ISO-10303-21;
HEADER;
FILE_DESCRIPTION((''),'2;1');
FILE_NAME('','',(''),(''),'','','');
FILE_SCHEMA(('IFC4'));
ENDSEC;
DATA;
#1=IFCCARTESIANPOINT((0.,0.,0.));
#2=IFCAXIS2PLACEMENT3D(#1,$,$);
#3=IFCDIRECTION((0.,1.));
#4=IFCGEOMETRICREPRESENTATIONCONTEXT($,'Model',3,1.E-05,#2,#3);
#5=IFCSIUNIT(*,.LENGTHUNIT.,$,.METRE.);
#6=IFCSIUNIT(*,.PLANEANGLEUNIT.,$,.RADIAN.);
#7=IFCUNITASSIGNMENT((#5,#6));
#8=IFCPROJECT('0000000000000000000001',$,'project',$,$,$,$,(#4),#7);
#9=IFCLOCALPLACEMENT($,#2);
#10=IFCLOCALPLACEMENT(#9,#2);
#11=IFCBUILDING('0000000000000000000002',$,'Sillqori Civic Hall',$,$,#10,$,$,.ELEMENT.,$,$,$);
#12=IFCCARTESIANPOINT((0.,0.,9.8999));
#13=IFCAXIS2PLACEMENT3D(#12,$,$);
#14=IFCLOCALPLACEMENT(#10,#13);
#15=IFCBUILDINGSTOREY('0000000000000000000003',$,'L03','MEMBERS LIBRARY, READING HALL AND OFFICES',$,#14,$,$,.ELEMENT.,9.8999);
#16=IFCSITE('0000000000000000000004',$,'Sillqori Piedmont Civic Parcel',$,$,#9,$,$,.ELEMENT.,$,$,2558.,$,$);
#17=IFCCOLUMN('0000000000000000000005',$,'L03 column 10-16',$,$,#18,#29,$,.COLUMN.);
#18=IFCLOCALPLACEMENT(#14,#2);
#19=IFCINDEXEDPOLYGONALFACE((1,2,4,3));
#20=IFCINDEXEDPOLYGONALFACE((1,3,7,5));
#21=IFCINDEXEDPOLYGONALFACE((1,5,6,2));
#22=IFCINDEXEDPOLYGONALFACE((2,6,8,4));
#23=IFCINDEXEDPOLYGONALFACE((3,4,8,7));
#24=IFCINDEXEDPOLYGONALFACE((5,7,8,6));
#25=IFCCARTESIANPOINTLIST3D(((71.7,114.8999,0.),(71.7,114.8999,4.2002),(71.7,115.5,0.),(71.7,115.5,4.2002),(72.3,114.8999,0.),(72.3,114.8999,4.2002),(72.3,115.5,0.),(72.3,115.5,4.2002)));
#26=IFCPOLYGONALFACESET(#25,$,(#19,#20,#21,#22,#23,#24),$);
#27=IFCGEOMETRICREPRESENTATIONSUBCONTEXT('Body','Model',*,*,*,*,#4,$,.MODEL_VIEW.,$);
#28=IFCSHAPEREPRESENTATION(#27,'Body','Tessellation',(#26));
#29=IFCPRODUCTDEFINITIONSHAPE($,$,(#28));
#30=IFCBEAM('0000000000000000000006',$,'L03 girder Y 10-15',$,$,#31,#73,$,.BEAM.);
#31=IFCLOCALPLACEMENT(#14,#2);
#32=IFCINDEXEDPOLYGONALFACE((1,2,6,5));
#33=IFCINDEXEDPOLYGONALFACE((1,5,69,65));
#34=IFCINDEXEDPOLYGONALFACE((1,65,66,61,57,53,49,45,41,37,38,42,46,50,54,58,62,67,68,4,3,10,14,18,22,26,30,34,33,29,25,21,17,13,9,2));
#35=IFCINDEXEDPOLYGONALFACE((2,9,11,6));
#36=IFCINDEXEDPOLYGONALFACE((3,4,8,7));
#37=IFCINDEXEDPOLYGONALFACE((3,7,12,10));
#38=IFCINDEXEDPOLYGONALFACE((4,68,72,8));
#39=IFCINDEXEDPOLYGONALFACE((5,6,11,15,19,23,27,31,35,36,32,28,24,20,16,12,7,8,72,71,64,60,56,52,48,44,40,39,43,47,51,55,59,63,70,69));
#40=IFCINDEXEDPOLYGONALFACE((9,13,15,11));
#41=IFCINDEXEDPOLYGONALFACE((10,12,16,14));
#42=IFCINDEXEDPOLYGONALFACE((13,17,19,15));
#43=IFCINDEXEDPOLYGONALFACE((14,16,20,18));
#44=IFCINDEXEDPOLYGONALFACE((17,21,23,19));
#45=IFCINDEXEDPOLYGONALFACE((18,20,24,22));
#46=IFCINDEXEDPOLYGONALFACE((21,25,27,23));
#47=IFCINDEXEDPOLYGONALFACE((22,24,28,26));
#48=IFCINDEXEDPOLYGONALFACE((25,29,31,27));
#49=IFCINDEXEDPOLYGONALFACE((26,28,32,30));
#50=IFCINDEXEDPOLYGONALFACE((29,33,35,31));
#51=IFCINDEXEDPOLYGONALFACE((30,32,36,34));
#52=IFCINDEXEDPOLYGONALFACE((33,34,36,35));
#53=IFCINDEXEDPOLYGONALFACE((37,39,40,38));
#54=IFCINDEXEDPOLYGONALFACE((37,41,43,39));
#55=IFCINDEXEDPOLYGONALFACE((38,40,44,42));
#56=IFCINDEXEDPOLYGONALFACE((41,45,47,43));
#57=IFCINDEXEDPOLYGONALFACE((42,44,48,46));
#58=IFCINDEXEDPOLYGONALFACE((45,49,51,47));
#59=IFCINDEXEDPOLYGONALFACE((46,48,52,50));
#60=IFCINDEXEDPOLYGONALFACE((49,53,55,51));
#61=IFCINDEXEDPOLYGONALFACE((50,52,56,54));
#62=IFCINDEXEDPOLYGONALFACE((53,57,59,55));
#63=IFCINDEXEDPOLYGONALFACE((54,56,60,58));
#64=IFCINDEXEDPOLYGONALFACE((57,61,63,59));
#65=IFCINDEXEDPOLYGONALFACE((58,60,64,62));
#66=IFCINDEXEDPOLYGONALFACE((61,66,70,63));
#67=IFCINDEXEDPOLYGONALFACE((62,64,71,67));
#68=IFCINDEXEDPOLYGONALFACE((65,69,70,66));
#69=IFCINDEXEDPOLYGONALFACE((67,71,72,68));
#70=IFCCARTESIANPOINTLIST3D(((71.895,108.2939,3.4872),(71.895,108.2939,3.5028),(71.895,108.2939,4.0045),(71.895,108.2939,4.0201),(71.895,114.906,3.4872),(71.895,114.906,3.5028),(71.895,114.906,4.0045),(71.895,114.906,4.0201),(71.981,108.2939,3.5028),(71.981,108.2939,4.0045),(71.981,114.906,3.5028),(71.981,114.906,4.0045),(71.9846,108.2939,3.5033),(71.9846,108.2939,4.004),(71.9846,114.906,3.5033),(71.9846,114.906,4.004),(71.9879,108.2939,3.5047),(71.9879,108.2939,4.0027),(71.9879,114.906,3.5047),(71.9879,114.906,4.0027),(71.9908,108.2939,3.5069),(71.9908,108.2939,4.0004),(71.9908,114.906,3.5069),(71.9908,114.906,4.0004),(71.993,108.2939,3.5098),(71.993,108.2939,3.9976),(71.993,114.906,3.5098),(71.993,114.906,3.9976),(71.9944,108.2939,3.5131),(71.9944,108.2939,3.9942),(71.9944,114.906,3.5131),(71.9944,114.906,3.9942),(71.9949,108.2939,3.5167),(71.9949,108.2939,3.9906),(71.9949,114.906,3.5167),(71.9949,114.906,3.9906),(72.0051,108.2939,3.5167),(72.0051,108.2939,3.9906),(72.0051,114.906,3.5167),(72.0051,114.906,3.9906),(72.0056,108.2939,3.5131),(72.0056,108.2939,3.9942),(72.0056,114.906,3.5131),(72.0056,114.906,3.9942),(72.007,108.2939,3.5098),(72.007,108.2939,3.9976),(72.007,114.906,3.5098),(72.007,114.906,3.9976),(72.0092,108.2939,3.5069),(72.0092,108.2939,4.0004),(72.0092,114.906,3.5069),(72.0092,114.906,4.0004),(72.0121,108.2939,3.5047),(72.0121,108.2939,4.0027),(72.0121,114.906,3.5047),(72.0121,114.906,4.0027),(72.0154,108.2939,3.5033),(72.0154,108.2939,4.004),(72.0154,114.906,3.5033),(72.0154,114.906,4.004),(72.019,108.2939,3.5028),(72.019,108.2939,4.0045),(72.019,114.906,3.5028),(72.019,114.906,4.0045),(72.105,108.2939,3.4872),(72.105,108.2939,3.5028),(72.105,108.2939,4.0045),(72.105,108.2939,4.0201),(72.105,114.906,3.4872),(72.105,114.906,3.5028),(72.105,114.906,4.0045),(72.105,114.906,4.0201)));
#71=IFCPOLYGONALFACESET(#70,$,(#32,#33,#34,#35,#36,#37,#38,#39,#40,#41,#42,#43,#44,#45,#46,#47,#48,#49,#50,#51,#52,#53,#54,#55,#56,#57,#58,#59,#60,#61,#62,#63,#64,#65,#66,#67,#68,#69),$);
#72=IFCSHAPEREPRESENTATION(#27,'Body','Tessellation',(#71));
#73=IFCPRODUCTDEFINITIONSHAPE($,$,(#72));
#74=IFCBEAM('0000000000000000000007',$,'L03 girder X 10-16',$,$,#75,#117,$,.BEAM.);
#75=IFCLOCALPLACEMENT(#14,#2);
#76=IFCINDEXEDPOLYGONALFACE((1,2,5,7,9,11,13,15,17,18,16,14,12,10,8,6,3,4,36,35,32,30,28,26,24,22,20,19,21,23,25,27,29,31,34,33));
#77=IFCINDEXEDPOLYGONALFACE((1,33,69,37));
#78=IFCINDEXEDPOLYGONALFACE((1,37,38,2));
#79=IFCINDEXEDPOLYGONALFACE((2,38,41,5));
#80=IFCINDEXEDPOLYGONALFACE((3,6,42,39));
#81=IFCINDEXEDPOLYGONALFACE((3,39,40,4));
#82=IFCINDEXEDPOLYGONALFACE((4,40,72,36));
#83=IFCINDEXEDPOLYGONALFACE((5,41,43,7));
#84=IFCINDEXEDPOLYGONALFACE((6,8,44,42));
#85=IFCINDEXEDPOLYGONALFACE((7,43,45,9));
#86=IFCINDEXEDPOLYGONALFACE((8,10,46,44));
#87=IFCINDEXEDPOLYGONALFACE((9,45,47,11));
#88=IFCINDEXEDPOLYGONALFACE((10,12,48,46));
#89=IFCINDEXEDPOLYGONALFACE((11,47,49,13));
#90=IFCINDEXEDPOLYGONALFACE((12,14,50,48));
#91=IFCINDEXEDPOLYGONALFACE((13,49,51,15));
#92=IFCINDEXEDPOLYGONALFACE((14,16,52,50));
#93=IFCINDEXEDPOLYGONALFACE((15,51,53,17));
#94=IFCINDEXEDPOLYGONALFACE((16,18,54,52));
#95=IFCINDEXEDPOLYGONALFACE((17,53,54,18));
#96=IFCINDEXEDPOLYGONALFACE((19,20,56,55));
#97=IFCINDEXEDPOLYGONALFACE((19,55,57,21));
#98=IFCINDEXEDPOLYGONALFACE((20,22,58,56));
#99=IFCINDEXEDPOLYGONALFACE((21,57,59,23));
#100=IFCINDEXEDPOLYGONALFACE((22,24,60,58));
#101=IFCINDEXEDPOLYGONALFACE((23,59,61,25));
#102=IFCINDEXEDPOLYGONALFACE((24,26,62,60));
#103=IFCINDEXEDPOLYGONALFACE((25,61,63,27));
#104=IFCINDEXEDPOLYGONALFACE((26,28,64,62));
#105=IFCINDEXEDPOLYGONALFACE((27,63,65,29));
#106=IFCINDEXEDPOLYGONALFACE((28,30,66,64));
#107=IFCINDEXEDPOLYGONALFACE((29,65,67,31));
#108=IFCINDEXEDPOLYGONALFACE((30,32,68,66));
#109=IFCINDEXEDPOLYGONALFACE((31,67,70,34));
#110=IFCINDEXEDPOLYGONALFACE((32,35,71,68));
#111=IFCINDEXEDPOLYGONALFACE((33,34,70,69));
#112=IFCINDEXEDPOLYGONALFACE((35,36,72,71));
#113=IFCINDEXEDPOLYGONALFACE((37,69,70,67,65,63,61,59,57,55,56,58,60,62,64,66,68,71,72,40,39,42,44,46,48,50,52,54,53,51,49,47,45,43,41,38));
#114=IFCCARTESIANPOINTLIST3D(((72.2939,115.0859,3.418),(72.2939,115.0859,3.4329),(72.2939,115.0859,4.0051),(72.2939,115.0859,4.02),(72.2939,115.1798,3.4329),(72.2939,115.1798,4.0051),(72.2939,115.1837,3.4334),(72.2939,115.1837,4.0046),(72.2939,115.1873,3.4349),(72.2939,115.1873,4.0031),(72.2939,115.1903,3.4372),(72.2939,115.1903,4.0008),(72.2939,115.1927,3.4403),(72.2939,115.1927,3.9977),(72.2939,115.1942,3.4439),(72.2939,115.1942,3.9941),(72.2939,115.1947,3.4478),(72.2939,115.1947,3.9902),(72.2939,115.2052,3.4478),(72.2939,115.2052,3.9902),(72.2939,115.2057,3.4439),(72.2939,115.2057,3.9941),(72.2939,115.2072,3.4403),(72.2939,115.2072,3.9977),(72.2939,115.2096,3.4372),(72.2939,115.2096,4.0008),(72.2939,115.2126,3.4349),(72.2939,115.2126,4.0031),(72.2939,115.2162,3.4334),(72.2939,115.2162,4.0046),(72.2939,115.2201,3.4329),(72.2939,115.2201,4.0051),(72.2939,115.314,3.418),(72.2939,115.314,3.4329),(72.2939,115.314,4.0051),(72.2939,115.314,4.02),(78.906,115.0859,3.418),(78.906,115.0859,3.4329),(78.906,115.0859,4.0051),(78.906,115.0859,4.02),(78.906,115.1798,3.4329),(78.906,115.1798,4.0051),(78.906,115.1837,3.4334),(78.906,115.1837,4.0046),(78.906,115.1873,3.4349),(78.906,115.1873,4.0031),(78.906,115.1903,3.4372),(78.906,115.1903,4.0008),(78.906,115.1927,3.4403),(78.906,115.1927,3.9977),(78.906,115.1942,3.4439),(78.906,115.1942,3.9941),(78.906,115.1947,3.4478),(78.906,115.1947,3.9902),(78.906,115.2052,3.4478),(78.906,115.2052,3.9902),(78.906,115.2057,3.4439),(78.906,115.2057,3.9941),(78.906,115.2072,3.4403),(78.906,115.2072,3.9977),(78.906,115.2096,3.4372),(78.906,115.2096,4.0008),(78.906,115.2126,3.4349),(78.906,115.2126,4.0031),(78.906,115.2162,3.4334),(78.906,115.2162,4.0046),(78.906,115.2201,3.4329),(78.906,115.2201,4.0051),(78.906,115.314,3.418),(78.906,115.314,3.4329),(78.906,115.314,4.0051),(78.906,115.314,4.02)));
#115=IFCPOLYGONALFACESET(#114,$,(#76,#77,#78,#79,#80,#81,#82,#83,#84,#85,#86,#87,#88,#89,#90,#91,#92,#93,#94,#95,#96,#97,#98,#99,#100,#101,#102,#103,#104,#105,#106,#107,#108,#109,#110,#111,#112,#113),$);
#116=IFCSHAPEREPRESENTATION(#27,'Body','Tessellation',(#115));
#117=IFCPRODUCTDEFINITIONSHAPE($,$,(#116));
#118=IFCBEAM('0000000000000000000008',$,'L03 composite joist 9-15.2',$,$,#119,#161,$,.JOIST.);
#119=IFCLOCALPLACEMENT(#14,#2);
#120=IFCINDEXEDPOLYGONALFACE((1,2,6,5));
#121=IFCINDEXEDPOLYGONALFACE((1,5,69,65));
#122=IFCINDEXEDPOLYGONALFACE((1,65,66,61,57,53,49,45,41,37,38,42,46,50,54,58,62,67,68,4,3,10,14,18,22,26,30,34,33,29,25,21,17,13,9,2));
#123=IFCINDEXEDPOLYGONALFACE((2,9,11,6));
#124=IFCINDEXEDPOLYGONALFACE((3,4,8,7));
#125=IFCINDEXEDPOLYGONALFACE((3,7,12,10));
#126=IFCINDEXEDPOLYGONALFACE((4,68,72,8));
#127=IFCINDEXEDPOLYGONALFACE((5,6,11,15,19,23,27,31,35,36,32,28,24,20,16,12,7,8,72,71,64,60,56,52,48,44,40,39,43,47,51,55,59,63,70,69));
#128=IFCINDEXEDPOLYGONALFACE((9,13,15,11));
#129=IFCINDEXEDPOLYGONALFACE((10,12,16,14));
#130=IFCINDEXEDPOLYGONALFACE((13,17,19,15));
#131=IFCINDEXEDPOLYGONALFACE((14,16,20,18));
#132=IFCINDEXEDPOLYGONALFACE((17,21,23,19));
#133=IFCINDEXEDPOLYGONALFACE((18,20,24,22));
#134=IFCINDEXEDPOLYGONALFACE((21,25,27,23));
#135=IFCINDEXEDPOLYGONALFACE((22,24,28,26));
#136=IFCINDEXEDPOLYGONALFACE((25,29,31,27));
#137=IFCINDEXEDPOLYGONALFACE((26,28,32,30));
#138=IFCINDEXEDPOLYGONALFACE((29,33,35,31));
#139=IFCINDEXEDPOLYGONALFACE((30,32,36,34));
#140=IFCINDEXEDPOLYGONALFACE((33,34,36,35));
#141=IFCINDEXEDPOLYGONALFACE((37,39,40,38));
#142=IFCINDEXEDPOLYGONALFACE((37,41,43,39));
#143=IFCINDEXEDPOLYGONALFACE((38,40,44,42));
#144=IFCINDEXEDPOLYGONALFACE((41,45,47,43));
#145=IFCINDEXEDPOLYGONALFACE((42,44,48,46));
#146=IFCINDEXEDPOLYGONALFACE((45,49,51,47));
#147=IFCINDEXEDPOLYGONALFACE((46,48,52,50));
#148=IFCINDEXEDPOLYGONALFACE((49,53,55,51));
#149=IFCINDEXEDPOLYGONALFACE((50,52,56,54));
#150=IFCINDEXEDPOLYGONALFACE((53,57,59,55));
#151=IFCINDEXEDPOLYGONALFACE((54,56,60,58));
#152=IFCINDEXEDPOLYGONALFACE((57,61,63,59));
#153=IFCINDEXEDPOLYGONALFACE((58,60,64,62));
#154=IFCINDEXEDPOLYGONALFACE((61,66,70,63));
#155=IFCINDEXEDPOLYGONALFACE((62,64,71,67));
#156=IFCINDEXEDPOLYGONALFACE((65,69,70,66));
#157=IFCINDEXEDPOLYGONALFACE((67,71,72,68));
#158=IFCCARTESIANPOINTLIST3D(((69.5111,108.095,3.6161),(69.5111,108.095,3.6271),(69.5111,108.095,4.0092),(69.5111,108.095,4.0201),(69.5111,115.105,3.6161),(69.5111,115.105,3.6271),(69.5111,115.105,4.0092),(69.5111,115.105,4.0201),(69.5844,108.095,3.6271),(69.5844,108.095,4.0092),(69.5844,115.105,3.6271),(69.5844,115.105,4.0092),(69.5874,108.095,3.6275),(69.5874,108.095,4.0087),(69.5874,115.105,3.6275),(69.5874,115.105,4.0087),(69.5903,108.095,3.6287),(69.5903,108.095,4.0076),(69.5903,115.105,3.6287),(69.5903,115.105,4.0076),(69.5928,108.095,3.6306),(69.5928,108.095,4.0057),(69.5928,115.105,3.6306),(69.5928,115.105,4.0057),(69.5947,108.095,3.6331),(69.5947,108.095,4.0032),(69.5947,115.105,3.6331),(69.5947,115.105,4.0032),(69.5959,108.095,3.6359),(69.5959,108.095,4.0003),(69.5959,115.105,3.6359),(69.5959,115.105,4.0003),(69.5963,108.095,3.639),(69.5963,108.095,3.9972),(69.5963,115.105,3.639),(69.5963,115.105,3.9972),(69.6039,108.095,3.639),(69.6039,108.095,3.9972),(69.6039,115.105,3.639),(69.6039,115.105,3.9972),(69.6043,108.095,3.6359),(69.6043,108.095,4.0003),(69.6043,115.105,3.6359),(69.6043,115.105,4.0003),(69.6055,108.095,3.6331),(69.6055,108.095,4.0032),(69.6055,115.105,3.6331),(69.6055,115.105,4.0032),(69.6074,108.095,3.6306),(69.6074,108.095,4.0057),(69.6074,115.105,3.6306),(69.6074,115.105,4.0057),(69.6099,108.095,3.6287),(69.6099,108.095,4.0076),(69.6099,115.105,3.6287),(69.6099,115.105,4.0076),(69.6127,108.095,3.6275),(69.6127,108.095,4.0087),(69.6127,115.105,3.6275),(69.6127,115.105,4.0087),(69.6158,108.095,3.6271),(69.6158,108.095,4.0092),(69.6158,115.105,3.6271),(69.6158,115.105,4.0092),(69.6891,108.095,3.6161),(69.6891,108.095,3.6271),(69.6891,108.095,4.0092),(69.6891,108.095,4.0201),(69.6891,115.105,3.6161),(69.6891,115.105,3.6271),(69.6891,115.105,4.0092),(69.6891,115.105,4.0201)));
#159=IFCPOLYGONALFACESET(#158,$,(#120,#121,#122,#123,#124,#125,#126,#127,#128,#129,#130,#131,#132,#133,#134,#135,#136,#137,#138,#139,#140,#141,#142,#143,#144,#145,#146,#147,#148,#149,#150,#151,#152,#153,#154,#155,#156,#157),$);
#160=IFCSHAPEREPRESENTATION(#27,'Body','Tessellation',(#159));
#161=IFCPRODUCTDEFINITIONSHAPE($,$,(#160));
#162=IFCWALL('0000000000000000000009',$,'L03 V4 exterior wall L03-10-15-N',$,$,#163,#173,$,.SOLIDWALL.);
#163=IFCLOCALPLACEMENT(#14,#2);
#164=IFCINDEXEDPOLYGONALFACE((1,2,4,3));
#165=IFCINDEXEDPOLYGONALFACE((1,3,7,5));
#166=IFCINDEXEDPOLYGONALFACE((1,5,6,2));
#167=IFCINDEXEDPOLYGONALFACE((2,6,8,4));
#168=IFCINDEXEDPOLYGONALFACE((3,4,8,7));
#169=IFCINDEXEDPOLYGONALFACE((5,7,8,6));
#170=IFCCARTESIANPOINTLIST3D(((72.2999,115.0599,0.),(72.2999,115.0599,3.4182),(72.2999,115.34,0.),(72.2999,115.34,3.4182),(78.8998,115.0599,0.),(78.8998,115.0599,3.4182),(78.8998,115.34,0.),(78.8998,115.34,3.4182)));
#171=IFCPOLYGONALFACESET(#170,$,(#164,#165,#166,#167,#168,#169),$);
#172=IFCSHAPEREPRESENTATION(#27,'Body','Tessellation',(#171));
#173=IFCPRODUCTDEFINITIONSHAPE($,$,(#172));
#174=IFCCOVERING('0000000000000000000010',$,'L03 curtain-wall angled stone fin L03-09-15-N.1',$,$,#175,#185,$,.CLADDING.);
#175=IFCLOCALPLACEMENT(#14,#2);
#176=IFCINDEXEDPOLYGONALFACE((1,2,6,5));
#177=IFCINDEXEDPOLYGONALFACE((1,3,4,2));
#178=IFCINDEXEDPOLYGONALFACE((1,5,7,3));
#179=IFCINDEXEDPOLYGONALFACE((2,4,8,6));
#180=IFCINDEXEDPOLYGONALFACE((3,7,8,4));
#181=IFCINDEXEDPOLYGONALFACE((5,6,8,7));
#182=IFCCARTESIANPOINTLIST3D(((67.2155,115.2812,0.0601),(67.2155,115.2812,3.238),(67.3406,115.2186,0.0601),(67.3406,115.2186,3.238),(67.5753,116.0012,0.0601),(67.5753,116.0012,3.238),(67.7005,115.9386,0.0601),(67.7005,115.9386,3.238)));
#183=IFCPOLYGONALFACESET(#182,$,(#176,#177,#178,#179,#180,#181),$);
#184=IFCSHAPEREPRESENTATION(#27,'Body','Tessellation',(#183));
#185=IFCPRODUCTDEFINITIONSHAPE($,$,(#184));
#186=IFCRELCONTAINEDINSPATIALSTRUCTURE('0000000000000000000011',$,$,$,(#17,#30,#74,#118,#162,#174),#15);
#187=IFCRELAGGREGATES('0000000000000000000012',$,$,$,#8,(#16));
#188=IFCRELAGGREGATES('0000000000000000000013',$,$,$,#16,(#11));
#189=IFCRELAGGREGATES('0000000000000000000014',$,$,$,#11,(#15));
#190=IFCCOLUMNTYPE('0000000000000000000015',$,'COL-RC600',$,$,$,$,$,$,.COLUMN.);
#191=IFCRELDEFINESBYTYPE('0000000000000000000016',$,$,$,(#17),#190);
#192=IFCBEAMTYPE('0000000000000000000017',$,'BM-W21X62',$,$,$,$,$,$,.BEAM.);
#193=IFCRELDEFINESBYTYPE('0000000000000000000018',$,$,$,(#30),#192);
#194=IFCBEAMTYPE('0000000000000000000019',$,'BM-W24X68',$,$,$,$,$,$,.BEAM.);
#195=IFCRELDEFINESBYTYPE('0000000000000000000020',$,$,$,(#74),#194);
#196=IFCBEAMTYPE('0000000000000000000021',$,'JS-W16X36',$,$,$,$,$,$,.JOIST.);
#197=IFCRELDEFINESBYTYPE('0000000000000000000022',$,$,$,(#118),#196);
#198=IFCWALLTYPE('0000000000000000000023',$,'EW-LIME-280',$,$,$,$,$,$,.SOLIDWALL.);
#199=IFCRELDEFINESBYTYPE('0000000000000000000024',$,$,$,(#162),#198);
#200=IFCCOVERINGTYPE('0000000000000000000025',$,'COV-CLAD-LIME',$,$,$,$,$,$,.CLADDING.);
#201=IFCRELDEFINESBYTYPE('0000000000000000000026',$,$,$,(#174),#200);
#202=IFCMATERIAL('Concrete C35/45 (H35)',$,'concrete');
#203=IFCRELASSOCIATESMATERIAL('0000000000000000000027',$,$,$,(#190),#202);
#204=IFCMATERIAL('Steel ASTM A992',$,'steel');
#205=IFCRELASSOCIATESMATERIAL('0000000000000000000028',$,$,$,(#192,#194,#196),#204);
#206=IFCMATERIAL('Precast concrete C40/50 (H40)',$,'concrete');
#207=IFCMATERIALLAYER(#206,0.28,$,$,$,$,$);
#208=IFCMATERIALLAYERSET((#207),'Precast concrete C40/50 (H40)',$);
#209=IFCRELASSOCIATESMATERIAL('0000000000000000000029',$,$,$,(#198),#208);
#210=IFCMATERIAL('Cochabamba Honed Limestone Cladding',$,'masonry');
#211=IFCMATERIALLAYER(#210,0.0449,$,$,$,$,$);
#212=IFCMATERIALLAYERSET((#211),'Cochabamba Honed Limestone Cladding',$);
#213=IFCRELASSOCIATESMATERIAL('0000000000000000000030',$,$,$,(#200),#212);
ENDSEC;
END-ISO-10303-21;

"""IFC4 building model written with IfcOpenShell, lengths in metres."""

from ifc_helpers import new_model, si_unit, direction, frame, frame_2d, origin, origin_2d, place, context, subcontext, project, spatial, rectangle, i_section, extrude, material, layer, layer_set, material_profile, profile_set, type_object, element, save


model = new_model("IFC4")

# Units and contexts
model_context = context("Model", 3, precision=1e-05, world=origin(), true_north=direction((0.0, 1.0)))
body_context = subcontext(model_context, "Body", "Model", "MODEL_VIEW")
ifc_project = project(units=[si_unit("LENGTHUNIT", "METRE"), si_unit("PLANEANGLEUNIT", "RADIAN")], contexts=[model_context])

# Site, building, storey
site_placement = place(None, origin())
site = spatial("IfcSite", under=ifc_project, at=site_placement, Name="Sillqori Piedmont Civic Parcel", CompositionType="ELEMENT", RefElevation=2558.0)
building_placement = place(site_placement, origin())
building = spatial("IfcBuilding", under=site, at=building_placement, Name="Sillqori Civic Hall", CompositionType="ELEMENT")
storey_placement = place(building_placement, frame((0.0, 0.0, 9.8999)))
storey = spatial("IfcBuildingStorey", under=building, at=storey_placement, Name="L03", Description="MEMBERS LIBRARY, READING HALL AND OFFICES", CompositionType="ELEMENT", Elevation=9.8999)

# Column
ifc_material_1 = material(Name="Concrete C35/45 (H35)", Category="concrete")
ifc_material_profile_1 = material_profile(ifc_material_1, rectangle(XDim=0.6001, YDim=0.6001, at=origin_2d()), Name="RC 600x600")
ifc_profile_set_1 = profile_set([ifc_material_profile_1], Name="Concrete C35/45 (H35)")
column_type = type_object("IfcColumnType", Name="COL-RC600", PredefinedType="COLUMN", material=ifc_profile_set_1)
column_placement = place(storey_placement, frame((72.0, 115.2, 0.0), z_axis=(0.0, 0.0, 1.0), x_axis=(1.0, 0.0, 0.0)))
element("IfcColumn", 1, at=column_placement, inside=storey, type_object=column_type, Name="L03 column 10-16", PredefinedType="COLUMN", context=body_context, shape_type="SweptSolid", body=[
    extrude(rectangle(XDim=0.6001, YDim=0.6001, at=origin_2d()), origin(), (0.0, 0.0, 1.0), 4.2002),
])

# Beams
ifc_material_2 = material(Name="Steel ASTM A992", Category="steel")
ifc_material_profile_2 = material_profile(ifc_material_2, i_section(OverallWidth=0.21, OverallDepth=0.533, WebThickness=0.0103, FlangeThickness=0.0156, FilletRadius=0.0139, at=origin_2d()), Name="W21X62")
ifc_profile_set_2 = profile_set([ifc_material_profile_2], Name="Steel ASTM A992")
beam_type_1 = type_object("IfcBeamType", Name="BM-W21X62", PredefinedType="BEAM", material=ifc_profile_set_2)
beam_1_placement = place(storey_placement, frame((72.0, 108.2939, 3.7537), z_axis=(0.0, 1.0, 0.0), x_axis=(-1.0, 0.0, 0.0)))
element("IfcBeam", 2, at=beam_1_placement, inside=storey, type_object=beam_type_1, Name="L03 girder Y 10-15", PredefinedType="BEAM", context=body_context, shape_type="SweptSolid", body=[
    extrude(i_section(OverallWidth=0.21, OverallDepth=0.533, WebThickness=0.0103, FlangeThickness=0.0156, FilletRadius=0.0139, at=origin_2d()), origin(), (0.0, 0.0, 1.0), 6.6121),
])
ifc_material_profile_3 = material_profile(ifc_material_2, i_section(OverallWidth=0.228, OverallDepth=0.6021, WebThickness=0.0105, FlangeThickness=0.0149, FilletRadius=0.0149, at=origin_2d()), Name="W24X68")
ifc_profile_set_3 = profile_set([ifc_material_profile_3], Name="Steel ASTM A992")
beam_type_2 = type_object("IfcBeamType", Name="BM-W24X68", PredefinedType="BEAM", material=ifc_profile_set_3)
beam_2_placement = place(storey_placement, frame((72.2939, 115.2, 3.719), z_axis=(1.0, 0.0, 0.0), x_axis=(0.0, 1.0, 0.0)))
element("IfcBeam", 3, at=beam_2_placement, inside=storey, type_object=beam_type_2, Name="L03 girder X 10-16", PredefinedType="BEAM", context=body_context, shape_type="SweptSolid", body=[
    extrude(i_section(OverallWidth=0.228, OverallDepth=0.6021, WebThickness=0.0105, FlangeThickness=0.0149, FilletRadius=0.0149, at=origin_2d()), origin(), (0.0, 0.0, 1.0), 6.6121),
])

# Beam
ifc_material_profile_4 = material_profile(ifc_material_2, i_section(OverallWidth=0.178, OverallDepth=0.4041, WebThickness=0.0076, FlangeThickness=0.011, FilletRadius=0.012, at=origin_2d()), Name="W16X36")
ifc_profile_set_4 = profile_set([ifc_material_profile_4], Name="Steel ASTM A992")
beam_type_3 = type_object("IfcBeamType", Name="JS-W16X36", PredefinedType="JOIST", material=ifc_profile_set_4)
beam_3_placement = place(storey_placement, frame((69.6001, 108.095, 3.8181), z_axis=(0.0, 1.0, 0.0), x_axis=(-1.0, 0.0, 0.0)))
element("IfcBeam", 4, at=beam_3_placement, inside=storey, type_object=beam_type_3, Name="L03 composite joist 9-15.2", PredefinedType="JOIST", context=body_context, shape_type="SweptSolid", body=[
    extrude(i_section(OverallWidth=0.178, OverallDepth=0.4041, WebThickness=0.0076, FlangeThickness=0.011, FilletRadius=0.012, at=origin_2d()), origin(), (0.0, 0.0, 1.0), 7.01),
])

# Wall
ifc_material_3 = material(Name="Precast concrete C40/50 (H40)", Category="concrete")
ifc_layer_1 = layer(ifc_material_3, 0.28)
ifc_layer_set_1 = layer_set([ifc_layer_1], Name="Precast concrete C40/50 (H40)")
wall_type = type_object("IfcWallType", Name="EW-LIME-280", PredefinedType="SOLIDWALL", material=ifc_layer_set_1)
wall_placement = place(storey_placement, frame((72.3, 115.2, 0.0), z_axis=(0.0, 0.0, 1.0), x_axis=(1.0, 0.0, 0.0)))
element("IfcWall", 5, at=wall_placement, inside=storey, type_object=wall_type, Name="L03 V4 exterior wall L03-10-15-N", PredefinedType="SOLIDWALL", context=body_context, shape_type="SweptSolid", body=[
    extrude(rectangle(XDim=6.5999, YDim=0.28, at=frame_2d((3.2998, 0.0))), origin(), (0.0, 0.0, 1.0), 3.4182),
])

# Covering
ifc_material_4 = material(Name="Cochabamba Honed Limestone Cladding", Category="masonry")
ifc_layer_2 = layer(ifc_material_4, 0.0449)
ifc_layer_set_2 = layer_set([ifc_layer_2], Name="Cochabamba Honed Limestone Cladding")
covering_type = type_object("IfcCoveringType", Name="COV-CLAD-LIME", PredefinedType="CLADDING", material=ifc_layer_set_2)
for number, where, z_axis, x_axis, name in (
    (6, (67.2781, 115.25, 0.0601), (0.0, 0.0, 1.0), (0.447092, 0.894488, 0.0), "L03 curtain-wall angled stone fin L03-09-15-N.1"),
):
    element("IfcCovering", number, at=place(storey_placement, frame(where, z_axis=z_axis, x_axis=x_axis)), inside=storey, type_object=covering_type, Name=name, PredefinedType="CLADDING", context=body_context, shape_type="SweptSolid", body=[
        extrude(rectangle(XDim=0.8049, YDim=0.1399, at=frame_2d((0.4023, 0.0))), origin(), (0.0, 0.0, 1.0), 3.178),
    ])

save(model, "model.ifc")
